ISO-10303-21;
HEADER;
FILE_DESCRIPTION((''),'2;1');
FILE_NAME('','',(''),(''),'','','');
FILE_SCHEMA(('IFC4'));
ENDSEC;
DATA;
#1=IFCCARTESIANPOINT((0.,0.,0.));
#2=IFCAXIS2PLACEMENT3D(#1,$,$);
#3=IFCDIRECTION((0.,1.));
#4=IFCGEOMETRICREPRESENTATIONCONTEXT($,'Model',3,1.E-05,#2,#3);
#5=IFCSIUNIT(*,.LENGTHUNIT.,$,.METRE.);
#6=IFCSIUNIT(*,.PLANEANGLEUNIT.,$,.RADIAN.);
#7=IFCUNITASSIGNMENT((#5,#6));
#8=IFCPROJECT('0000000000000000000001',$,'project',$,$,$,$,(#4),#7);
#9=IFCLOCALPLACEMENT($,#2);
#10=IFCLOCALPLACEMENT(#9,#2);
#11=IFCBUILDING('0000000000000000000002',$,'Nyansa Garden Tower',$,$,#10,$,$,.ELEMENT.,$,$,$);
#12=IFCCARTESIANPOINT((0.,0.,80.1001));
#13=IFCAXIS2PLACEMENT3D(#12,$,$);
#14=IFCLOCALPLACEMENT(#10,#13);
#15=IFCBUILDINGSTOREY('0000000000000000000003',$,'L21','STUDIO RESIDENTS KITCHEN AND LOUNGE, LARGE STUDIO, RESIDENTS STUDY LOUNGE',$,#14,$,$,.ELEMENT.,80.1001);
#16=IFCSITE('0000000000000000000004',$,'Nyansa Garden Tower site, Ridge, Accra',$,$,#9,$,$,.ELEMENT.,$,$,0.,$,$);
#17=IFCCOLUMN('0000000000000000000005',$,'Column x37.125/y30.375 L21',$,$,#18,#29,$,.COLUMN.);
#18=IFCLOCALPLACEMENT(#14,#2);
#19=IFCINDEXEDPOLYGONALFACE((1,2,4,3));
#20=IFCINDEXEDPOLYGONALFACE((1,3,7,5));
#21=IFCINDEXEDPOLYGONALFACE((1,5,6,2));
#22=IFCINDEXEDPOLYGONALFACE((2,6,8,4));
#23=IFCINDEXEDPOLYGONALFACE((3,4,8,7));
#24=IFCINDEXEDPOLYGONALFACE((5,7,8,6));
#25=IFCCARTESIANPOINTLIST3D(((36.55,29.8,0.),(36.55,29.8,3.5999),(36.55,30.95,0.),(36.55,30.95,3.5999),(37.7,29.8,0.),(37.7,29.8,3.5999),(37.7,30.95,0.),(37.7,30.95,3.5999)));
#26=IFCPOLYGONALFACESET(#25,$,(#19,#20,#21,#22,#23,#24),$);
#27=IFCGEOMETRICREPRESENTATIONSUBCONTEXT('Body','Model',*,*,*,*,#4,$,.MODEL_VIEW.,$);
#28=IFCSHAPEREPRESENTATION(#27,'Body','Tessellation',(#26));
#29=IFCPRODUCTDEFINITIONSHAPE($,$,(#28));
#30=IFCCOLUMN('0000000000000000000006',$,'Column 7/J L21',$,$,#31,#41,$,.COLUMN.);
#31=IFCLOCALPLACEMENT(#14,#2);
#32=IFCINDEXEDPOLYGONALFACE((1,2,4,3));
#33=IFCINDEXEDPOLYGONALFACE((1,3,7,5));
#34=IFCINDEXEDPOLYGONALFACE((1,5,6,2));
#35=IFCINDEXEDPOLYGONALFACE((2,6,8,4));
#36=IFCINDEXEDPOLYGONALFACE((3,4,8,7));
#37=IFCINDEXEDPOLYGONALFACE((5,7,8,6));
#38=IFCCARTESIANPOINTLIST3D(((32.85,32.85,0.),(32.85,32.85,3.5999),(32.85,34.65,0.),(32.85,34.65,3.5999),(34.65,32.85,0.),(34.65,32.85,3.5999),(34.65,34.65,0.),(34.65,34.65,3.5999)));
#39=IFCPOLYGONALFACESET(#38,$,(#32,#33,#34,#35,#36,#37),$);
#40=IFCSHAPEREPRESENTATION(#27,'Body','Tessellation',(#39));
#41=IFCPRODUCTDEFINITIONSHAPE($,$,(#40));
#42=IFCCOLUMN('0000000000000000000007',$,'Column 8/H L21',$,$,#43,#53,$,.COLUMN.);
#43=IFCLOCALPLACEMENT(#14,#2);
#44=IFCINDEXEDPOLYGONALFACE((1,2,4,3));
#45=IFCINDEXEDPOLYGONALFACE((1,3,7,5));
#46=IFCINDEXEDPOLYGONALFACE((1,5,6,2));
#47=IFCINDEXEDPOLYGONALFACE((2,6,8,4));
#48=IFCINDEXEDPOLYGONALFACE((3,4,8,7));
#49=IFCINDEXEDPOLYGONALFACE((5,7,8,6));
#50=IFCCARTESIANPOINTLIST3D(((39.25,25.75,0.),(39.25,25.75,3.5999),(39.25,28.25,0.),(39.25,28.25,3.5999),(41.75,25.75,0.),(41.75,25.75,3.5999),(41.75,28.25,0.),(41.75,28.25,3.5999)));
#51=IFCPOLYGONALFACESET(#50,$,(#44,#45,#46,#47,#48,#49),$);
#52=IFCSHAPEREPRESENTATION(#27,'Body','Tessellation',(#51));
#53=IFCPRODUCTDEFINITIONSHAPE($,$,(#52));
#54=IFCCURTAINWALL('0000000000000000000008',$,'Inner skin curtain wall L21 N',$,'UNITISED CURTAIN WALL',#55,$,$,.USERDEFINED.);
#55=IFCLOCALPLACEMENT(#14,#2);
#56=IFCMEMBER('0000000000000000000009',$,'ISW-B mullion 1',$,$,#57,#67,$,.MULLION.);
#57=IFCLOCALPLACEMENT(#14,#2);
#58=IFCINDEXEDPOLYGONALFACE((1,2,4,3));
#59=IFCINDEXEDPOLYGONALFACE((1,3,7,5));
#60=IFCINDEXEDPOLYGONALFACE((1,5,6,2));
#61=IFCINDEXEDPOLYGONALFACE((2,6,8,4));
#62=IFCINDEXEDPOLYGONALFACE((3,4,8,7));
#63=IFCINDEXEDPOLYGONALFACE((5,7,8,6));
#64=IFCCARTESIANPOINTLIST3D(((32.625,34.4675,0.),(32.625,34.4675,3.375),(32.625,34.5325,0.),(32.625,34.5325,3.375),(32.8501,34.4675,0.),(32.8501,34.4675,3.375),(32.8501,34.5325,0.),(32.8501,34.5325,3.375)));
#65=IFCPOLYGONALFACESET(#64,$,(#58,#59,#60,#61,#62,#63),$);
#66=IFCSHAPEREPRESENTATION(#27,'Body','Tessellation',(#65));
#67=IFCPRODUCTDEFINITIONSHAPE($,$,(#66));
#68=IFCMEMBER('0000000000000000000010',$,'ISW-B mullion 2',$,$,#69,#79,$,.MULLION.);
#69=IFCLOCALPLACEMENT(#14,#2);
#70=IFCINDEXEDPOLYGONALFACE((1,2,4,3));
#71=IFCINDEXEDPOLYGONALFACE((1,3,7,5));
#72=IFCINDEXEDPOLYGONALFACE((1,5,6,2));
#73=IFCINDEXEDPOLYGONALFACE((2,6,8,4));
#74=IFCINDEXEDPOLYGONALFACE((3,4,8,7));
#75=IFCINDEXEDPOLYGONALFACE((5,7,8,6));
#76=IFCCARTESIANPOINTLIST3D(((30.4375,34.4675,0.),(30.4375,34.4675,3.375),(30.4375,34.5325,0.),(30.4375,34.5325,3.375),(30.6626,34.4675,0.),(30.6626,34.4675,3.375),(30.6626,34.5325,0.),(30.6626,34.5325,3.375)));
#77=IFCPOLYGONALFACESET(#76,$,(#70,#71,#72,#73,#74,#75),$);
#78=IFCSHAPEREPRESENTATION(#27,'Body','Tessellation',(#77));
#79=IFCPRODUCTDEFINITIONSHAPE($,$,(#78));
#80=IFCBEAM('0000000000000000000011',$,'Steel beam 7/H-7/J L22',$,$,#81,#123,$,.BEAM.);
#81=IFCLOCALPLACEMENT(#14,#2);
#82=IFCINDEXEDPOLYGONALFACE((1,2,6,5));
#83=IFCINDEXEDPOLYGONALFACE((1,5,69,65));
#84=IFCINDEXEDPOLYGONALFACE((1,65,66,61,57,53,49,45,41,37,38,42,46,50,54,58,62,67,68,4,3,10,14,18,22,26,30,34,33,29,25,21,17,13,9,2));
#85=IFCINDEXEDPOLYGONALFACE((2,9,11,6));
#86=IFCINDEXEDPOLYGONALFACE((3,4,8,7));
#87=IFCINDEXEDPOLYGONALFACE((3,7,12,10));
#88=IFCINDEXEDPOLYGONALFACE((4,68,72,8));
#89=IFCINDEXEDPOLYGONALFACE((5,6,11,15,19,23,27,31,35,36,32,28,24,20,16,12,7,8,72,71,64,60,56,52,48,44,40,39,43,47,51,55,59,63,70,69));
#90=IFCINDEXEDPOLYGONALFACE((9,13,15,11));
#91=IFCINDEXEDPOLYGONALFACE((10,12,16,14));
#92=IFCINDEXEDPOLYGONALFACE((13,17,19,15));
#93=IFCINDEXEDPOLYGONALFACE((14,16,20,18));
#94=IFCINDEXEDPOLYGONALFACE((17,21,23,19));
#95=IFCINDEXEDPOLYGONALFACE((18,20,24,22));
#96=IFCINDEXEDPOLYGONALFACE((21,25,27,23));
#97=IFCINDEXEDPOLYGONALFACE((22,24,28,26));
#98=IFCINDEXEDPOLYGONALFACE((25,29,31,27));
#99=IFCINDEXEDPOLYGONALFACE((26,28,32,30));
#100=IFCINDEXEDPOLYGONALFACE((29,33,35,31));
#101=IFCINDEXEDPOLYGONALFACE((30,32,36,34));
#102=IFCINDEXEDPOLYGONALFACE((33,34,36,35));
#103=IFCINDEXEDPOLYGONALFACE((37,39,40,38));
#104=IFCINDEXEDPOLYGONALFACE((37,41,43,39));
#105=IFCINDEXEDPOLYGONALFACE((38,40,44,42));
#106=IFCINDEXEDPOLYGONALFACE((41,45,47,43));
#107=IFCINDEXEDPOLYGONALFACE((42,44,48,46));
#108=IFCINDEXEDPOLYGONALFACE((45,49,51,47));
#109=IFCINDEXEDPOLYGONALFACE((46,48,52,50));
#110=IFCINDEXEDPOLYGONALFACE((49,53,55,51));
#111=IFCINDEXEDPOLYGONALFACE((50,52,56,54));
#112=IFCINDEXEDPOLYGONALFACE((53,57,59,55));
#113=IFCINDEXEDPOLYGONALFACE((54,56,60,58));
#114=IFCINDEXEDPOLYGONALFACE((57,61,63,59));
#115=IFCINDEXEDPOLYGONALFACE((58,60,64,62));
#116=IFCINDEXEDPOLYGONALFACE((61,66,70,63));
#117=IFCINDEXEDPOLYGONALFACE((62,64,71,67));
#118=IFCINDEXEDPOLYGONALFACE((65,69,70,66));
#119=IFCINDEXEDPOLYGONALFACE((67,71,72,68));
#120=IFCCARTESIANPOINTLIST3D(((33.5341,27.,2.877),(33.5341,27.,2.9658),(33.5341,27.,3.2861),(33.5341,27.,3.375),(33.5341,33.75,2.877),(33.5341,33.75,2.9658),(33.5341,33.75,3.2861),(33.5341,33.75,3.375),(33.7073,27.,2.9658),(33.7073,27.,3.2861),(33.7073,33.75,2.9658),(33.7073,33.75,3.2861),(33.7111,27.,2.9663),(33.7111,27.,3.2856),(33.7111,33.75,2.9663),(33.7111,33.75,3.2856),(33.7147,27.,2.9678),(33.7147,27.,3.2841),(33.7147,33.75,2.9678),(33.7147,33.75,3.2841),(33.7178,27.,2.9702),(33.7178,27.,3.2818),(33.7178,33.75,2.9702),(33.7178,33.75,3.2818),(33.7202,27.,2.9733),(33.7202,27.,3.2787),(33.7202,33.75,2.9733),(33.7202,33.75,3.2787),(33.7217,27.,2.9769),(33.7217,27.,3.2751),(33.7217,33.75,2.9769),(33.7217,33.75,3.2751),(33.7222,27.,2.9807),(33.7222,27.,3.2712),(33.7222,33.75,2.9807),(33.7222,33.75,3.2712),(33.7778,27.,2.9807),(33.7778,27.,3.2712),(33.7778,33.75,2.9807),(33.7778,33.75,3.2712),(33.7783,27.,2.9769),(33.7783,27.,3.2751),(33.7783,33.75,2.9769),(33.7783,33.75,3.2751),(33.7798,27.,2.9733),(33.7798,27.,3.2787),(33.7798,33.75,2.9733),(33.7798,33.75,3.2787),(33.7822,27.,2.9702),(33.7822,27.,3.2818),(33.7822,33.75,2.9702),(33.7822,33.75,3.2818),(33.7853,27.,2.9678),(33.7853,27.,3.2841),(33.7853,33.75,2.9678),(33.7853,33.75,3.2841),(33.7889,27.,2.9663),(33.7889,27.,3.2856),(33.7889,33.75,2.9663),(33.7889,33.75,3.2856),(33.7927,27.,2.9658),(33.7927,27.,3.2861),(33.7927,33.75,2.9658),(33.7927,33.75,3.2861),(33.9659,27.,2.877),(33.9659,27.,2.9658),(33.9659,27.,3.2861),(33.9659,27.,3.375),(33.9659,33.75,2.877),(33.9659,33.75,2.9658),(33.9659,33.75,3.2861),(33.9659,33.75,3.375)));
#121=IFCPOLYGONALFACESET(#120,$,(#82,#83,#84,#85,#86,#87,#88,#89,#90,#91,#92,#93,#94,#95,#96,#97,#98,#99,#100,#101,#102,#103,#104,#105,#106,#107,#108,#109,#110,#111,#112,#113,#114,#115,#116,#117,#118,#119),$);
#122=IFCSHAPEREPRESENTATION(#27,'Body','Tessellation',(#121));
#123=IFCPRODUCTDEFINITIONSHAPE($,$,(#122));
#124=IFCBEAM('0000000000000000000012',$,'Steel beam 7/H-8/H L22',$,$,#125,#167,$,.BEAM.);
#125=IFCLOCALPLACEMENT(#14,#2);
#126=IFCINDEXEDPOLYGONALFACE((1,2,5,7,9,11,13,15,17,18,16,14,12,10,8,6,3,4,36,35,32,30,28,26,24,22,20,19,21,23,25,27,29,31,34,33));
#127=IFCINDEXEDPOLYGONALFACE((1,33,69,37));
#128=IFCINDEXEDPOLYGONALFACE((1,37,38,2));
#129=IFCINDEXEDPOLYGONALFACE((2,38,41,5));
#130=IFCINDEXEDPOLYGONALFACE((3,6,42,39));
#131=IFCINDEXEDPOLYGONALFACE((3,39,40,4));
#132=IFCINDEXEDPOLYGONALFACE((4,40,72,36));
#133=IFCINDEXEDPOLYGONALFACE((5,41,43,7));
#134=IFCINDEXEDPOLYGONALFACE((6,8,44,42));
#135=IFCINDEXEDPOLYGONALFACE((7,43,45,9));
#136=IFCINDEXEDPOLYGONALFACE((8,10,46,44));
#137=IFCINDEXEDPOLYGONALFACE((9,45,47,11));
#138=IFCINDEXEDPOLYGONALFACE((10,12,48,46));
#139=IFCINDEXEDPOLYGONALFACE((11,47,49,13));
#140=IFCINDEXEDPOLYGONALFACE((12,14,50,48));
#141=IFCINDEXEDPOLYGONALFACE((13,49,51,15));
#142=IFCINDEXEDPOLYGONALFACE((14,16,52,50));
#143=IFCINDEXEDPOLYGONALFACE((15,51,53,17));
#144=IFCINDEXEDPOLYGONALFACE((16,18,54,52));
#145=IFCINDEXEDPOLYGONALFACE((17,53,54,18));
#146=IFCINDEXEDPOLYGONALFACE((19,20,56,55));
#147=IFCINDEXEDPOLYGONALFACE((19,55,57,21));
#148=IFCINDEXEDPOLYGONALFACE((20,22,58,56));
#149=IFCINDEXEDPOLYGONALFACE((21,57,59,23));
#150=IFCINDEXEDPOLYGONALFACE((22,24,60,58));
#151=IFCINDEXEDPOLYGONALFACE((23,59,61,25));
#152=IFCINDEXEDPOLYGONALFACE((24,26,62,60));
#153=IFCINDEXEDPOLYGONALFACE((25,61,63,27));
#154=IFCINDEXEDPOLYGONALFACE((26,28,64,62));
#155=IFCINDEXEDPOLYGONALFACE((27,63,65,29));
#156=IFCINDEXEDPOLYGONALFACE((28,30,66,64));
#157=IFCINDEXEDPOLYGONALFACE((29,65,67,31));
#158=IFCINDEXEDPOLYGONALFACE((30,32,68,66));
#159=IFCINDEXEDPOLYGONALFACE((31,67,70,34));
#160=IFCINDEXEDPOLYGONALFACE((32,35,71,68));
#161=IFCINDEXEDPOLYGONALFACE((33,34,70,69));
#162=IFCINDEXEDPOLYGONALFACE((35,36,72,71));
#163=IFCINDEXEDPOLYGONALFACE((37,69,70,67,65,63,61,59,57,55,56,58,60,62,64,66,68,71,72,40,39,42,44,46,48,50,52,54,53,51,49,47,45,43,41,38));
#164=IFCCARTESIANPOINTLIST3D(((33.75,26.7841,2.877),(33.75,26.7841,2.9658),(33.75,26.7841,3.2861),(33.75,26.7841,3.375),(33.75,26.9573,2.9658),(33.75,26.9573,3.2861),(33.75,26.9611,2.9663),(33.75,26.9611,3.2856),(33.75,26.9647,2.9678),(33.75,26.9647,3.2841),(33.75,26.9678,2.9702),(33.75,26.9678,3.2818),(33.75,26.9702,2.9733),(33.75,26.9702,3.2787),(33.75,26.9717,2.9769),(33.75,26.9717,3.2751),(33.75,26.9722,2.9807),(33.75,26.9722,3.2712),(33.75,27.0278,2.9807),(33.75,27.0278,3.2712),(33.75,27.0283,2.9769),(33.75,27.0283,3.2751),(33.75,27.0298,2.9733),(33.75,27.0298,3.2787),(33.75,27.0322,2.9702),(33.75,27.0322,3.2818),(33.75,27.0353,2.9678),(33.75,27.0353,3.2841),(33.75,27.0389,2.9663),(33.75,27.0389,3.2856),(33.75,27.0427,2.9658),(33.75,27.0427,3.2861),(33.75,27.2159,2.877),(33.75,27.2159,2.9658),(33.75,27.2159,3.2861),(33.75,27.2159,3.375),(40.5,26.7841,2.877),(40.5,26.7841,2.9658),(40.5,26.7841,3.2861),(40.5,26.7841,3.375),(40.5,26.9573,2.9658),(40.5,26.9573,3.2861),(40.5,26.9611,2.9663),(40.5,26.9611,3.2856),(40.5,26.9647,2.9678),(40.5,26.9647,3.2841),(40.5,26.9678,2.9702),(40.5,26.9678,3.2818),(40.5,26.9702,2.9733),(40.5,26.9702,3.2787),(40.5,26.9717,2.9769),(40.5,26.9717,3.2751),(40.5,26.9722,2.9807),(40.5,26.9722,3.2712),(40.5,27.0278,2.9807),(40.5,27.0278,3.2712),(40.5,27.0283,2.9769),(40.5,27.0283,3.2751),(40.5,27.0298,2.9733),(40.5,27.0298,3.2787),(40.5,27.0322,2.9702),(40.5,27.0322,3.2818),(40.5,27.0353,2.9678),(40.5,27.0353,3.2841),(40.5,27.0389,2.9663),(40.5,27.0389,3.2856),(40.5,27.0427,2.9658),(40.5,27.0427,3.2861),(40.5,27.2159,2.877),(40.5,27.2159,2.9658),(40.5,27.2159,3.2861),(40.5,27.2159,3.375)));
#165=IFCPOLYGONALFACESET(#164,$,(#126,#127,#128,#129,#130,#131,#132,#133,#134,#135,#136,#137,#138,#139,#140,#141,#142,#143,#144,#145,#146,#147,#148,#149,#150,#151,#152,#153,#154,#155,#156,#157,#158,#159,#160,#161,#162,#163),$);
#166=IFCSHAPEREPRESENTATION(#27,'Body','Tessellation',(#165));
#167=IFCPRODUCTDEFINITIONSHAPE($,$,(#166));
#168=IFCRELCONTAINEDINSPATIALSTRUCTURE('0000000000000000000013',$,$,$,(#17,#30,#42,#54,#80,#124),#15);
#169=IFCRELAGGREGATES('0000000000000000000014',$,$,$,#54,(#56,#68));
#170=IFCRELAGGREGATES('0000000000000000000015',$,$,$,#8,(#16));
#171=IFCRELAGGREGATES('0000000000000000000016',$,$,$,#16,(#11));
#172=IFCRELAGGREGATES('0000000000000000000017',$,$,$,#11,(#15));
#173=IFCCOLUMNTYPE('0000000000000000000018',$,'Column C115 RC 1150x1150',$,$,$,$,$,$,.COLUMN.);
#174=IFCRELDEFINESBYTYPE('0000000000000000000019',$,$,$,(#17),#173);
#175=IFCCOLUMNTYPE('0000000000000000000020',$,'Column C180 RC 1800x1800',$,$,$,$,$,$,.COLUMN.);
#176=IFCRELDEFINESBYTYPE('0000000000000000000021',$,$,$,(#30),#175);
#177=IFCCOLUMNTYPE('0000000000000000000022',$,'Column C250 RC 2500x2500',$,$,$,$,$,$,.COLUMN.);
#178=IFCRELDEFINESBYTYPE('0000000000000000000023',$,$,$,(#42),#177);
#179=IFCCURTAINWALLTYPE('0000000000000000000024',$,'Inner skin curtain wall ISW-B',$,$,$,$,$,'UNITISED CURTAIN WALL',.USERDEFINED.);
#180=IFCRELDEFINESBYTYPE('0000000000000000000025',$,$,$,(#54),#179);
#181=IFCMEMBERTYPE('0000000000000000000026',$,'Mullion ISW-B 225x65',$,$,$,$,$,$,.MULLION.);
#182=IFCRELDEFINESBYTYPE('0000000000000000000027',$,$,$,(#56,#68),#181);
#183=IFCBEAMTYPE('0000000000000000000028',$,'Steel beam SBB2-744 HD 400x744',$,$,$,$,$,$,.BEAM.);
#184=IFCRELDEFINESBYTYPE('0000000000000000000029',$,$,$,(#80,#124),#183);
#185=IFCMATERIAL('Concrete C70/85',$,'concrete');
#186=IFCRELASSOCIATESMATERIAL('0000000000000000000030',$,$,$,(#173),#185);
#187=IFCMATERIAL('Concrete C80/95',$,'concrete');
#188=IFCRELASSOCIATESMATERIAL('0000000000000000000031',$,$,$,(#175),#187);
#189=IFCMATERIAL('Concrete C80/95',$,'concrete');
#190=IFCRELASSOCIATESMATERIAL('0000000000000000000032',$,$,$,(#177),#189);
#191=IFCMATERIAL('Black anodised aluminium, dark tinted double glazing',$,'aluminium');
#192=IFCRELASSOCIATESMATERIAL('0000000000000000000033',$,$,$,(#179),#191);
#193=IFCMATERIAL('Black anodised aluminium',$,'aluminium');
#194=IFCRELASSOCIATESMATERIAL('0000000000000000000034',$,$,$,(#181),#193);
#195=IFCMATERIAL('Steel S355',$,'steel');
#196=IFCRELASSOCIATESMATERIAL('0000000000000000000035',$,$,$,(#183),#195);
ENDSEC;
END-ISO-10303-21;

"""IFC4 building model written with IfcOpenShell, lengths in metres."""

from ifc_helpers import new_model, si_unit, direction, frame, origin, origin_2d, place, context, subcontext, project, spatial, rectangle, i_section, extrude, material, material_profile, profile_set, type_object, element, aggregate, save


model = new_model("IFC4")

# Units and contexts
model_context = context("Model", 3, precision=1e-05, world=origin(), true_north=direction((0.0, 1.0)))
body_context = subcontext(model_context, "Body", "Model", "MODEL_VIEW")
ifc_project = project(units=[si_unit("LENGTHUNIT", "METRE"), si_unit("PLANEANGLEUNIT", "RADIAN")], contexts=[model_context])

# Site, building, storey
site_placement = place(None, origin())
site = spatial("IfcSite", under=ifc_project, at=site_placement, Name="Nyansa Garden Tower site, Ridge, Accra", CompositionType="ELEMENT", RefElevation=0.0)
building_placement = place(site_placement, origin())
building = spatial("IfcBuilding", under=site, at=building_placement, Name="Nyansa Garden Tower", CompositionType="ELEMENT")
storey_placement = place(building_placement, frame((0.0, 0.0, 80.1001)))
storey = spatial("IfcBuildingStorey", under=building, at=storey_placement, Name="L21", Description="STUDIO RESIDENTS KITCHEN AND LOUNGE, LARGE STUDIO, RESIDENTS STUDY LOUNGE", CompositionType="ELEMENT", Elevation=80.1001)

# Columns
ifc_material_1 = material(Name="Concrete C70/85", Category="concrete")
ifc_material_profile_1 = material_profile(ifc_material_1, rectangle(XDim=1.1499, YDim=1.1499, at=origin_2d()), Name="RC 1150x1150")
ifc_profile_set_1 = profile_set([ifc_material_profile_1], Name="Concrete C70/85")
column_type_1 = type_object("IfcColumnType", Name="Column C115 RC 1150x1150", PredefinedType="COLUMN", material=ifc_profile_set_1)
column_1_placement = place(storey_placement, frame((37.125, 30.375, 0.0), z_axis=(0.0, 0.0, 1.0), x_axis=(1.0, 0.0, 0.0)))
element("IfcColumn", 1, at=column_1_placement, inside=storey, type_object=column_type_1, Name="Column x37.125/y30.375 L21", PredefinedType="COLUMN", context=body_context, shape_type="SweptSolid", body=[
    extrude(rectangle(XDim=1.1499, YDim=1.1499, at=origin_2d()), origin(), (0.0, 0.0, 1.0), 3.5999),
])
ifc_material_2 = material(Name="Concrete C80/95", Category="concrete")
ifc_material_profile_2 = material_profile(ifc_material_2, rectangle(XDim=1.8, YDim=1.8, at=origin_2d()), Name="RC 1800x1800")
ifc_profile_set_2 = profile_set([ifc_material_profile_2], Name="Concrete C80/95")
column_type_2 = type_object("IfcColumnType", Name="Column C180 RC 1800x1800", PredefinedType="COLUMN", material=ifc_profile_set_2)
column_2_placement = place(storey_placement, frame((33.75, 33.75, 0.0), z_axis=(0.0, 0.0, 1.0), x_axis=(1.0, 0.0, 0.0)))
element("IfcColumn", 2, at=column_2_placement, inside=storey, type_object=column_type_2, Name="Column 7/J L21", PredefinedType="COLUMN", context=body_context, shape_type="SweptSolid", body=[
    extrude(rectangle(XDim=1.8, YDim=1.8, at=origin_2d()), origin(), (0.0, 0.0, 1.0), 3.5999),
])
ifc_material_3 = material(Name="Concrete C80/95", Category="concrete")
ifc_material_profile_3 = material_profile(ifc_material_3, rectangle(XDim=2.5, YDim=2.5, at=origin_2d()), Name="RC 2500x2500")
ifc_profile_set_3 = profile_set([ifc_material_profile_3], Name="Concrete C80/95")
column_type_3 = type_object("IfcColumnType", Name="Column C250 RC 2500x2500", PredefinedType="COLUMN", material=ifc_profile_set_3)
column_3_placement = place(storey_placement, frame((40.5, 27.0, 0.0), z_axis=(0.0, 0.0, 1.0), x_axis=(1.0, 0.0, 0.0)))
element("IfcColumn", 3, at=column_3_placement, inside=storey, type_object=column_type_3, Name="Column 8/H L21", PredefinedType="COLUMN", context=body_context, shape_type="SweptSolid", body=[
    extrude(rectangle(XDim=2.5, YDim=2.5, at=origin_2d()), origin(), (0.0, 0.0, 1.0), 3.5999),
])

# Curtain wall, members
ifc_material_4 = material(Name="Black anodised aluminium, dark tinted double glazing", Category="aluminium")
curtain_wall_type = type_object("IfcCurtainWallType", Name="Inner skin curtain wall ISW-B", ElementType="UNITISED CURTAIN WALL", PredefinedType="USERDEFINED", material=ifc_material_4)
curtain_wall_placement = place(storey_placement, origin())
curtain_wall = element("IfcCurtainWall", 4, at=curtain_wall_placement, inside=storey, type_object=curtain_wall_type, Name="Inner skin curtain wall L21 N", ObjectType="UNITISED CURTAIN WALL", PredefinedType="USERDEFINED")
ifc_material_5 = material(Name="Black anodised aluminium", Category="aluminium")
ifc_material_profile_4 = material_profile(ifc_material_5, rectangle(XDim=0.0649, YDim=0.2251, at=origin_2d()), Name="Mullion 225x65")
ifc_profile_set_4 = profile_set([ifc_material_profile_4], Name="Black anodised aluminium")
member_type_1 = type_object("IfcMemberType", Name="Mullion ISW-B 225x65", PredefinedType="MULLION", material=ifc_profile_set_4)
member_1_placement = place(storey_placement, frame((32.7375, 34.5, 0.0), z_axis=(0.0, 0.0, 1.0), x_axis=(0.0, -1.0, 0.0)))
member_1 = element("IfcMember", 5, at=member_1_placement, type_object=member_type_1, Name="ISW-B mullion 1", PredefinedType="MULLION", context=body_context, shape_type="SweptSolid", body=[
    extrude(rectangle(XDim=0.0649, YDim=0.2251, at=origin_2d()), origin(), (0.0, 0.0, 1.0), 3.375),
])
member_2_placement = place(storey_placement, frame((30.55, 34.5, 0.0), z_axis=(0.0, 0.0, 1.0), x_axis=(0.0, -1.0, 0.0)))
member_2 = element("IfcMember", 6, at=member_2_placement, type_object=member_type_1, Name="ISW-B mullion 2", PredefinedType="MULLION", context=body_context, shape_type="SweptSolid", body=[
    extrude(rectangle(XDim=0.0649, YDim=0.2251, at=origin_2d()), origin(), (0.0, 0.0, 1.0), 3.375),
])

# Beams
ifc_material_6 = material(Name="Steel S355", Category="steel")
ifc_material_profile_5 = material_profile(ifc_material_6, i_section(OverallWidth=0.4319, OverallDepth=0.498, WebThickness=0.0557, FlangeThickness=0.0889, FilletRadius=0.0149, at=origin_2d()), Name="HD 400x744")
ifc_profile_set_5 = profile_set([ifc_material_profile_5], Name="Steel S355")
beam_type_1 = type_object("IfcBeamType", Name="Steel beam SBB2-744 HD 400x744", PredefinedType="BEAM", material=ifc_profile_set_5)
for number, where, z_axis, x_axis, name in (
    (7, (33.75, 27.0, 3.126), (0.0, 1.0, 0.0), (-1.0, 0.0, 0.0), "Steel beam 7/H-7/J L22"),
    (8, (33.75, 27.0, 3.126), (1.0, 0.0, 0.0), (0.0, 1.0, 0.0), "Steel beam 7/H-8/H L22"),
):
    element("IfcBeam", number, at=place(storey_placement, frame(where, z_axis=z_axis, x_axis=x_axis)), inside=storey, type_object=beam_type_1, Name=name, PredefinedType="BEAM", context=body_context, shape_type="SweptSolid", body=[
        extrude(i_section(OverallWidth=0.4319, OverallDepth=0.498, WebThickness=0.0557, FlangeThickness=0.0889, FilletRadius=0.0149, at=origin_2d()), origin(), (0.0, 0.0, 1.0), 6.75),
    ])

aggregate(curtain_wall, [member_1, member_2])

save(model, "model.ifc")
